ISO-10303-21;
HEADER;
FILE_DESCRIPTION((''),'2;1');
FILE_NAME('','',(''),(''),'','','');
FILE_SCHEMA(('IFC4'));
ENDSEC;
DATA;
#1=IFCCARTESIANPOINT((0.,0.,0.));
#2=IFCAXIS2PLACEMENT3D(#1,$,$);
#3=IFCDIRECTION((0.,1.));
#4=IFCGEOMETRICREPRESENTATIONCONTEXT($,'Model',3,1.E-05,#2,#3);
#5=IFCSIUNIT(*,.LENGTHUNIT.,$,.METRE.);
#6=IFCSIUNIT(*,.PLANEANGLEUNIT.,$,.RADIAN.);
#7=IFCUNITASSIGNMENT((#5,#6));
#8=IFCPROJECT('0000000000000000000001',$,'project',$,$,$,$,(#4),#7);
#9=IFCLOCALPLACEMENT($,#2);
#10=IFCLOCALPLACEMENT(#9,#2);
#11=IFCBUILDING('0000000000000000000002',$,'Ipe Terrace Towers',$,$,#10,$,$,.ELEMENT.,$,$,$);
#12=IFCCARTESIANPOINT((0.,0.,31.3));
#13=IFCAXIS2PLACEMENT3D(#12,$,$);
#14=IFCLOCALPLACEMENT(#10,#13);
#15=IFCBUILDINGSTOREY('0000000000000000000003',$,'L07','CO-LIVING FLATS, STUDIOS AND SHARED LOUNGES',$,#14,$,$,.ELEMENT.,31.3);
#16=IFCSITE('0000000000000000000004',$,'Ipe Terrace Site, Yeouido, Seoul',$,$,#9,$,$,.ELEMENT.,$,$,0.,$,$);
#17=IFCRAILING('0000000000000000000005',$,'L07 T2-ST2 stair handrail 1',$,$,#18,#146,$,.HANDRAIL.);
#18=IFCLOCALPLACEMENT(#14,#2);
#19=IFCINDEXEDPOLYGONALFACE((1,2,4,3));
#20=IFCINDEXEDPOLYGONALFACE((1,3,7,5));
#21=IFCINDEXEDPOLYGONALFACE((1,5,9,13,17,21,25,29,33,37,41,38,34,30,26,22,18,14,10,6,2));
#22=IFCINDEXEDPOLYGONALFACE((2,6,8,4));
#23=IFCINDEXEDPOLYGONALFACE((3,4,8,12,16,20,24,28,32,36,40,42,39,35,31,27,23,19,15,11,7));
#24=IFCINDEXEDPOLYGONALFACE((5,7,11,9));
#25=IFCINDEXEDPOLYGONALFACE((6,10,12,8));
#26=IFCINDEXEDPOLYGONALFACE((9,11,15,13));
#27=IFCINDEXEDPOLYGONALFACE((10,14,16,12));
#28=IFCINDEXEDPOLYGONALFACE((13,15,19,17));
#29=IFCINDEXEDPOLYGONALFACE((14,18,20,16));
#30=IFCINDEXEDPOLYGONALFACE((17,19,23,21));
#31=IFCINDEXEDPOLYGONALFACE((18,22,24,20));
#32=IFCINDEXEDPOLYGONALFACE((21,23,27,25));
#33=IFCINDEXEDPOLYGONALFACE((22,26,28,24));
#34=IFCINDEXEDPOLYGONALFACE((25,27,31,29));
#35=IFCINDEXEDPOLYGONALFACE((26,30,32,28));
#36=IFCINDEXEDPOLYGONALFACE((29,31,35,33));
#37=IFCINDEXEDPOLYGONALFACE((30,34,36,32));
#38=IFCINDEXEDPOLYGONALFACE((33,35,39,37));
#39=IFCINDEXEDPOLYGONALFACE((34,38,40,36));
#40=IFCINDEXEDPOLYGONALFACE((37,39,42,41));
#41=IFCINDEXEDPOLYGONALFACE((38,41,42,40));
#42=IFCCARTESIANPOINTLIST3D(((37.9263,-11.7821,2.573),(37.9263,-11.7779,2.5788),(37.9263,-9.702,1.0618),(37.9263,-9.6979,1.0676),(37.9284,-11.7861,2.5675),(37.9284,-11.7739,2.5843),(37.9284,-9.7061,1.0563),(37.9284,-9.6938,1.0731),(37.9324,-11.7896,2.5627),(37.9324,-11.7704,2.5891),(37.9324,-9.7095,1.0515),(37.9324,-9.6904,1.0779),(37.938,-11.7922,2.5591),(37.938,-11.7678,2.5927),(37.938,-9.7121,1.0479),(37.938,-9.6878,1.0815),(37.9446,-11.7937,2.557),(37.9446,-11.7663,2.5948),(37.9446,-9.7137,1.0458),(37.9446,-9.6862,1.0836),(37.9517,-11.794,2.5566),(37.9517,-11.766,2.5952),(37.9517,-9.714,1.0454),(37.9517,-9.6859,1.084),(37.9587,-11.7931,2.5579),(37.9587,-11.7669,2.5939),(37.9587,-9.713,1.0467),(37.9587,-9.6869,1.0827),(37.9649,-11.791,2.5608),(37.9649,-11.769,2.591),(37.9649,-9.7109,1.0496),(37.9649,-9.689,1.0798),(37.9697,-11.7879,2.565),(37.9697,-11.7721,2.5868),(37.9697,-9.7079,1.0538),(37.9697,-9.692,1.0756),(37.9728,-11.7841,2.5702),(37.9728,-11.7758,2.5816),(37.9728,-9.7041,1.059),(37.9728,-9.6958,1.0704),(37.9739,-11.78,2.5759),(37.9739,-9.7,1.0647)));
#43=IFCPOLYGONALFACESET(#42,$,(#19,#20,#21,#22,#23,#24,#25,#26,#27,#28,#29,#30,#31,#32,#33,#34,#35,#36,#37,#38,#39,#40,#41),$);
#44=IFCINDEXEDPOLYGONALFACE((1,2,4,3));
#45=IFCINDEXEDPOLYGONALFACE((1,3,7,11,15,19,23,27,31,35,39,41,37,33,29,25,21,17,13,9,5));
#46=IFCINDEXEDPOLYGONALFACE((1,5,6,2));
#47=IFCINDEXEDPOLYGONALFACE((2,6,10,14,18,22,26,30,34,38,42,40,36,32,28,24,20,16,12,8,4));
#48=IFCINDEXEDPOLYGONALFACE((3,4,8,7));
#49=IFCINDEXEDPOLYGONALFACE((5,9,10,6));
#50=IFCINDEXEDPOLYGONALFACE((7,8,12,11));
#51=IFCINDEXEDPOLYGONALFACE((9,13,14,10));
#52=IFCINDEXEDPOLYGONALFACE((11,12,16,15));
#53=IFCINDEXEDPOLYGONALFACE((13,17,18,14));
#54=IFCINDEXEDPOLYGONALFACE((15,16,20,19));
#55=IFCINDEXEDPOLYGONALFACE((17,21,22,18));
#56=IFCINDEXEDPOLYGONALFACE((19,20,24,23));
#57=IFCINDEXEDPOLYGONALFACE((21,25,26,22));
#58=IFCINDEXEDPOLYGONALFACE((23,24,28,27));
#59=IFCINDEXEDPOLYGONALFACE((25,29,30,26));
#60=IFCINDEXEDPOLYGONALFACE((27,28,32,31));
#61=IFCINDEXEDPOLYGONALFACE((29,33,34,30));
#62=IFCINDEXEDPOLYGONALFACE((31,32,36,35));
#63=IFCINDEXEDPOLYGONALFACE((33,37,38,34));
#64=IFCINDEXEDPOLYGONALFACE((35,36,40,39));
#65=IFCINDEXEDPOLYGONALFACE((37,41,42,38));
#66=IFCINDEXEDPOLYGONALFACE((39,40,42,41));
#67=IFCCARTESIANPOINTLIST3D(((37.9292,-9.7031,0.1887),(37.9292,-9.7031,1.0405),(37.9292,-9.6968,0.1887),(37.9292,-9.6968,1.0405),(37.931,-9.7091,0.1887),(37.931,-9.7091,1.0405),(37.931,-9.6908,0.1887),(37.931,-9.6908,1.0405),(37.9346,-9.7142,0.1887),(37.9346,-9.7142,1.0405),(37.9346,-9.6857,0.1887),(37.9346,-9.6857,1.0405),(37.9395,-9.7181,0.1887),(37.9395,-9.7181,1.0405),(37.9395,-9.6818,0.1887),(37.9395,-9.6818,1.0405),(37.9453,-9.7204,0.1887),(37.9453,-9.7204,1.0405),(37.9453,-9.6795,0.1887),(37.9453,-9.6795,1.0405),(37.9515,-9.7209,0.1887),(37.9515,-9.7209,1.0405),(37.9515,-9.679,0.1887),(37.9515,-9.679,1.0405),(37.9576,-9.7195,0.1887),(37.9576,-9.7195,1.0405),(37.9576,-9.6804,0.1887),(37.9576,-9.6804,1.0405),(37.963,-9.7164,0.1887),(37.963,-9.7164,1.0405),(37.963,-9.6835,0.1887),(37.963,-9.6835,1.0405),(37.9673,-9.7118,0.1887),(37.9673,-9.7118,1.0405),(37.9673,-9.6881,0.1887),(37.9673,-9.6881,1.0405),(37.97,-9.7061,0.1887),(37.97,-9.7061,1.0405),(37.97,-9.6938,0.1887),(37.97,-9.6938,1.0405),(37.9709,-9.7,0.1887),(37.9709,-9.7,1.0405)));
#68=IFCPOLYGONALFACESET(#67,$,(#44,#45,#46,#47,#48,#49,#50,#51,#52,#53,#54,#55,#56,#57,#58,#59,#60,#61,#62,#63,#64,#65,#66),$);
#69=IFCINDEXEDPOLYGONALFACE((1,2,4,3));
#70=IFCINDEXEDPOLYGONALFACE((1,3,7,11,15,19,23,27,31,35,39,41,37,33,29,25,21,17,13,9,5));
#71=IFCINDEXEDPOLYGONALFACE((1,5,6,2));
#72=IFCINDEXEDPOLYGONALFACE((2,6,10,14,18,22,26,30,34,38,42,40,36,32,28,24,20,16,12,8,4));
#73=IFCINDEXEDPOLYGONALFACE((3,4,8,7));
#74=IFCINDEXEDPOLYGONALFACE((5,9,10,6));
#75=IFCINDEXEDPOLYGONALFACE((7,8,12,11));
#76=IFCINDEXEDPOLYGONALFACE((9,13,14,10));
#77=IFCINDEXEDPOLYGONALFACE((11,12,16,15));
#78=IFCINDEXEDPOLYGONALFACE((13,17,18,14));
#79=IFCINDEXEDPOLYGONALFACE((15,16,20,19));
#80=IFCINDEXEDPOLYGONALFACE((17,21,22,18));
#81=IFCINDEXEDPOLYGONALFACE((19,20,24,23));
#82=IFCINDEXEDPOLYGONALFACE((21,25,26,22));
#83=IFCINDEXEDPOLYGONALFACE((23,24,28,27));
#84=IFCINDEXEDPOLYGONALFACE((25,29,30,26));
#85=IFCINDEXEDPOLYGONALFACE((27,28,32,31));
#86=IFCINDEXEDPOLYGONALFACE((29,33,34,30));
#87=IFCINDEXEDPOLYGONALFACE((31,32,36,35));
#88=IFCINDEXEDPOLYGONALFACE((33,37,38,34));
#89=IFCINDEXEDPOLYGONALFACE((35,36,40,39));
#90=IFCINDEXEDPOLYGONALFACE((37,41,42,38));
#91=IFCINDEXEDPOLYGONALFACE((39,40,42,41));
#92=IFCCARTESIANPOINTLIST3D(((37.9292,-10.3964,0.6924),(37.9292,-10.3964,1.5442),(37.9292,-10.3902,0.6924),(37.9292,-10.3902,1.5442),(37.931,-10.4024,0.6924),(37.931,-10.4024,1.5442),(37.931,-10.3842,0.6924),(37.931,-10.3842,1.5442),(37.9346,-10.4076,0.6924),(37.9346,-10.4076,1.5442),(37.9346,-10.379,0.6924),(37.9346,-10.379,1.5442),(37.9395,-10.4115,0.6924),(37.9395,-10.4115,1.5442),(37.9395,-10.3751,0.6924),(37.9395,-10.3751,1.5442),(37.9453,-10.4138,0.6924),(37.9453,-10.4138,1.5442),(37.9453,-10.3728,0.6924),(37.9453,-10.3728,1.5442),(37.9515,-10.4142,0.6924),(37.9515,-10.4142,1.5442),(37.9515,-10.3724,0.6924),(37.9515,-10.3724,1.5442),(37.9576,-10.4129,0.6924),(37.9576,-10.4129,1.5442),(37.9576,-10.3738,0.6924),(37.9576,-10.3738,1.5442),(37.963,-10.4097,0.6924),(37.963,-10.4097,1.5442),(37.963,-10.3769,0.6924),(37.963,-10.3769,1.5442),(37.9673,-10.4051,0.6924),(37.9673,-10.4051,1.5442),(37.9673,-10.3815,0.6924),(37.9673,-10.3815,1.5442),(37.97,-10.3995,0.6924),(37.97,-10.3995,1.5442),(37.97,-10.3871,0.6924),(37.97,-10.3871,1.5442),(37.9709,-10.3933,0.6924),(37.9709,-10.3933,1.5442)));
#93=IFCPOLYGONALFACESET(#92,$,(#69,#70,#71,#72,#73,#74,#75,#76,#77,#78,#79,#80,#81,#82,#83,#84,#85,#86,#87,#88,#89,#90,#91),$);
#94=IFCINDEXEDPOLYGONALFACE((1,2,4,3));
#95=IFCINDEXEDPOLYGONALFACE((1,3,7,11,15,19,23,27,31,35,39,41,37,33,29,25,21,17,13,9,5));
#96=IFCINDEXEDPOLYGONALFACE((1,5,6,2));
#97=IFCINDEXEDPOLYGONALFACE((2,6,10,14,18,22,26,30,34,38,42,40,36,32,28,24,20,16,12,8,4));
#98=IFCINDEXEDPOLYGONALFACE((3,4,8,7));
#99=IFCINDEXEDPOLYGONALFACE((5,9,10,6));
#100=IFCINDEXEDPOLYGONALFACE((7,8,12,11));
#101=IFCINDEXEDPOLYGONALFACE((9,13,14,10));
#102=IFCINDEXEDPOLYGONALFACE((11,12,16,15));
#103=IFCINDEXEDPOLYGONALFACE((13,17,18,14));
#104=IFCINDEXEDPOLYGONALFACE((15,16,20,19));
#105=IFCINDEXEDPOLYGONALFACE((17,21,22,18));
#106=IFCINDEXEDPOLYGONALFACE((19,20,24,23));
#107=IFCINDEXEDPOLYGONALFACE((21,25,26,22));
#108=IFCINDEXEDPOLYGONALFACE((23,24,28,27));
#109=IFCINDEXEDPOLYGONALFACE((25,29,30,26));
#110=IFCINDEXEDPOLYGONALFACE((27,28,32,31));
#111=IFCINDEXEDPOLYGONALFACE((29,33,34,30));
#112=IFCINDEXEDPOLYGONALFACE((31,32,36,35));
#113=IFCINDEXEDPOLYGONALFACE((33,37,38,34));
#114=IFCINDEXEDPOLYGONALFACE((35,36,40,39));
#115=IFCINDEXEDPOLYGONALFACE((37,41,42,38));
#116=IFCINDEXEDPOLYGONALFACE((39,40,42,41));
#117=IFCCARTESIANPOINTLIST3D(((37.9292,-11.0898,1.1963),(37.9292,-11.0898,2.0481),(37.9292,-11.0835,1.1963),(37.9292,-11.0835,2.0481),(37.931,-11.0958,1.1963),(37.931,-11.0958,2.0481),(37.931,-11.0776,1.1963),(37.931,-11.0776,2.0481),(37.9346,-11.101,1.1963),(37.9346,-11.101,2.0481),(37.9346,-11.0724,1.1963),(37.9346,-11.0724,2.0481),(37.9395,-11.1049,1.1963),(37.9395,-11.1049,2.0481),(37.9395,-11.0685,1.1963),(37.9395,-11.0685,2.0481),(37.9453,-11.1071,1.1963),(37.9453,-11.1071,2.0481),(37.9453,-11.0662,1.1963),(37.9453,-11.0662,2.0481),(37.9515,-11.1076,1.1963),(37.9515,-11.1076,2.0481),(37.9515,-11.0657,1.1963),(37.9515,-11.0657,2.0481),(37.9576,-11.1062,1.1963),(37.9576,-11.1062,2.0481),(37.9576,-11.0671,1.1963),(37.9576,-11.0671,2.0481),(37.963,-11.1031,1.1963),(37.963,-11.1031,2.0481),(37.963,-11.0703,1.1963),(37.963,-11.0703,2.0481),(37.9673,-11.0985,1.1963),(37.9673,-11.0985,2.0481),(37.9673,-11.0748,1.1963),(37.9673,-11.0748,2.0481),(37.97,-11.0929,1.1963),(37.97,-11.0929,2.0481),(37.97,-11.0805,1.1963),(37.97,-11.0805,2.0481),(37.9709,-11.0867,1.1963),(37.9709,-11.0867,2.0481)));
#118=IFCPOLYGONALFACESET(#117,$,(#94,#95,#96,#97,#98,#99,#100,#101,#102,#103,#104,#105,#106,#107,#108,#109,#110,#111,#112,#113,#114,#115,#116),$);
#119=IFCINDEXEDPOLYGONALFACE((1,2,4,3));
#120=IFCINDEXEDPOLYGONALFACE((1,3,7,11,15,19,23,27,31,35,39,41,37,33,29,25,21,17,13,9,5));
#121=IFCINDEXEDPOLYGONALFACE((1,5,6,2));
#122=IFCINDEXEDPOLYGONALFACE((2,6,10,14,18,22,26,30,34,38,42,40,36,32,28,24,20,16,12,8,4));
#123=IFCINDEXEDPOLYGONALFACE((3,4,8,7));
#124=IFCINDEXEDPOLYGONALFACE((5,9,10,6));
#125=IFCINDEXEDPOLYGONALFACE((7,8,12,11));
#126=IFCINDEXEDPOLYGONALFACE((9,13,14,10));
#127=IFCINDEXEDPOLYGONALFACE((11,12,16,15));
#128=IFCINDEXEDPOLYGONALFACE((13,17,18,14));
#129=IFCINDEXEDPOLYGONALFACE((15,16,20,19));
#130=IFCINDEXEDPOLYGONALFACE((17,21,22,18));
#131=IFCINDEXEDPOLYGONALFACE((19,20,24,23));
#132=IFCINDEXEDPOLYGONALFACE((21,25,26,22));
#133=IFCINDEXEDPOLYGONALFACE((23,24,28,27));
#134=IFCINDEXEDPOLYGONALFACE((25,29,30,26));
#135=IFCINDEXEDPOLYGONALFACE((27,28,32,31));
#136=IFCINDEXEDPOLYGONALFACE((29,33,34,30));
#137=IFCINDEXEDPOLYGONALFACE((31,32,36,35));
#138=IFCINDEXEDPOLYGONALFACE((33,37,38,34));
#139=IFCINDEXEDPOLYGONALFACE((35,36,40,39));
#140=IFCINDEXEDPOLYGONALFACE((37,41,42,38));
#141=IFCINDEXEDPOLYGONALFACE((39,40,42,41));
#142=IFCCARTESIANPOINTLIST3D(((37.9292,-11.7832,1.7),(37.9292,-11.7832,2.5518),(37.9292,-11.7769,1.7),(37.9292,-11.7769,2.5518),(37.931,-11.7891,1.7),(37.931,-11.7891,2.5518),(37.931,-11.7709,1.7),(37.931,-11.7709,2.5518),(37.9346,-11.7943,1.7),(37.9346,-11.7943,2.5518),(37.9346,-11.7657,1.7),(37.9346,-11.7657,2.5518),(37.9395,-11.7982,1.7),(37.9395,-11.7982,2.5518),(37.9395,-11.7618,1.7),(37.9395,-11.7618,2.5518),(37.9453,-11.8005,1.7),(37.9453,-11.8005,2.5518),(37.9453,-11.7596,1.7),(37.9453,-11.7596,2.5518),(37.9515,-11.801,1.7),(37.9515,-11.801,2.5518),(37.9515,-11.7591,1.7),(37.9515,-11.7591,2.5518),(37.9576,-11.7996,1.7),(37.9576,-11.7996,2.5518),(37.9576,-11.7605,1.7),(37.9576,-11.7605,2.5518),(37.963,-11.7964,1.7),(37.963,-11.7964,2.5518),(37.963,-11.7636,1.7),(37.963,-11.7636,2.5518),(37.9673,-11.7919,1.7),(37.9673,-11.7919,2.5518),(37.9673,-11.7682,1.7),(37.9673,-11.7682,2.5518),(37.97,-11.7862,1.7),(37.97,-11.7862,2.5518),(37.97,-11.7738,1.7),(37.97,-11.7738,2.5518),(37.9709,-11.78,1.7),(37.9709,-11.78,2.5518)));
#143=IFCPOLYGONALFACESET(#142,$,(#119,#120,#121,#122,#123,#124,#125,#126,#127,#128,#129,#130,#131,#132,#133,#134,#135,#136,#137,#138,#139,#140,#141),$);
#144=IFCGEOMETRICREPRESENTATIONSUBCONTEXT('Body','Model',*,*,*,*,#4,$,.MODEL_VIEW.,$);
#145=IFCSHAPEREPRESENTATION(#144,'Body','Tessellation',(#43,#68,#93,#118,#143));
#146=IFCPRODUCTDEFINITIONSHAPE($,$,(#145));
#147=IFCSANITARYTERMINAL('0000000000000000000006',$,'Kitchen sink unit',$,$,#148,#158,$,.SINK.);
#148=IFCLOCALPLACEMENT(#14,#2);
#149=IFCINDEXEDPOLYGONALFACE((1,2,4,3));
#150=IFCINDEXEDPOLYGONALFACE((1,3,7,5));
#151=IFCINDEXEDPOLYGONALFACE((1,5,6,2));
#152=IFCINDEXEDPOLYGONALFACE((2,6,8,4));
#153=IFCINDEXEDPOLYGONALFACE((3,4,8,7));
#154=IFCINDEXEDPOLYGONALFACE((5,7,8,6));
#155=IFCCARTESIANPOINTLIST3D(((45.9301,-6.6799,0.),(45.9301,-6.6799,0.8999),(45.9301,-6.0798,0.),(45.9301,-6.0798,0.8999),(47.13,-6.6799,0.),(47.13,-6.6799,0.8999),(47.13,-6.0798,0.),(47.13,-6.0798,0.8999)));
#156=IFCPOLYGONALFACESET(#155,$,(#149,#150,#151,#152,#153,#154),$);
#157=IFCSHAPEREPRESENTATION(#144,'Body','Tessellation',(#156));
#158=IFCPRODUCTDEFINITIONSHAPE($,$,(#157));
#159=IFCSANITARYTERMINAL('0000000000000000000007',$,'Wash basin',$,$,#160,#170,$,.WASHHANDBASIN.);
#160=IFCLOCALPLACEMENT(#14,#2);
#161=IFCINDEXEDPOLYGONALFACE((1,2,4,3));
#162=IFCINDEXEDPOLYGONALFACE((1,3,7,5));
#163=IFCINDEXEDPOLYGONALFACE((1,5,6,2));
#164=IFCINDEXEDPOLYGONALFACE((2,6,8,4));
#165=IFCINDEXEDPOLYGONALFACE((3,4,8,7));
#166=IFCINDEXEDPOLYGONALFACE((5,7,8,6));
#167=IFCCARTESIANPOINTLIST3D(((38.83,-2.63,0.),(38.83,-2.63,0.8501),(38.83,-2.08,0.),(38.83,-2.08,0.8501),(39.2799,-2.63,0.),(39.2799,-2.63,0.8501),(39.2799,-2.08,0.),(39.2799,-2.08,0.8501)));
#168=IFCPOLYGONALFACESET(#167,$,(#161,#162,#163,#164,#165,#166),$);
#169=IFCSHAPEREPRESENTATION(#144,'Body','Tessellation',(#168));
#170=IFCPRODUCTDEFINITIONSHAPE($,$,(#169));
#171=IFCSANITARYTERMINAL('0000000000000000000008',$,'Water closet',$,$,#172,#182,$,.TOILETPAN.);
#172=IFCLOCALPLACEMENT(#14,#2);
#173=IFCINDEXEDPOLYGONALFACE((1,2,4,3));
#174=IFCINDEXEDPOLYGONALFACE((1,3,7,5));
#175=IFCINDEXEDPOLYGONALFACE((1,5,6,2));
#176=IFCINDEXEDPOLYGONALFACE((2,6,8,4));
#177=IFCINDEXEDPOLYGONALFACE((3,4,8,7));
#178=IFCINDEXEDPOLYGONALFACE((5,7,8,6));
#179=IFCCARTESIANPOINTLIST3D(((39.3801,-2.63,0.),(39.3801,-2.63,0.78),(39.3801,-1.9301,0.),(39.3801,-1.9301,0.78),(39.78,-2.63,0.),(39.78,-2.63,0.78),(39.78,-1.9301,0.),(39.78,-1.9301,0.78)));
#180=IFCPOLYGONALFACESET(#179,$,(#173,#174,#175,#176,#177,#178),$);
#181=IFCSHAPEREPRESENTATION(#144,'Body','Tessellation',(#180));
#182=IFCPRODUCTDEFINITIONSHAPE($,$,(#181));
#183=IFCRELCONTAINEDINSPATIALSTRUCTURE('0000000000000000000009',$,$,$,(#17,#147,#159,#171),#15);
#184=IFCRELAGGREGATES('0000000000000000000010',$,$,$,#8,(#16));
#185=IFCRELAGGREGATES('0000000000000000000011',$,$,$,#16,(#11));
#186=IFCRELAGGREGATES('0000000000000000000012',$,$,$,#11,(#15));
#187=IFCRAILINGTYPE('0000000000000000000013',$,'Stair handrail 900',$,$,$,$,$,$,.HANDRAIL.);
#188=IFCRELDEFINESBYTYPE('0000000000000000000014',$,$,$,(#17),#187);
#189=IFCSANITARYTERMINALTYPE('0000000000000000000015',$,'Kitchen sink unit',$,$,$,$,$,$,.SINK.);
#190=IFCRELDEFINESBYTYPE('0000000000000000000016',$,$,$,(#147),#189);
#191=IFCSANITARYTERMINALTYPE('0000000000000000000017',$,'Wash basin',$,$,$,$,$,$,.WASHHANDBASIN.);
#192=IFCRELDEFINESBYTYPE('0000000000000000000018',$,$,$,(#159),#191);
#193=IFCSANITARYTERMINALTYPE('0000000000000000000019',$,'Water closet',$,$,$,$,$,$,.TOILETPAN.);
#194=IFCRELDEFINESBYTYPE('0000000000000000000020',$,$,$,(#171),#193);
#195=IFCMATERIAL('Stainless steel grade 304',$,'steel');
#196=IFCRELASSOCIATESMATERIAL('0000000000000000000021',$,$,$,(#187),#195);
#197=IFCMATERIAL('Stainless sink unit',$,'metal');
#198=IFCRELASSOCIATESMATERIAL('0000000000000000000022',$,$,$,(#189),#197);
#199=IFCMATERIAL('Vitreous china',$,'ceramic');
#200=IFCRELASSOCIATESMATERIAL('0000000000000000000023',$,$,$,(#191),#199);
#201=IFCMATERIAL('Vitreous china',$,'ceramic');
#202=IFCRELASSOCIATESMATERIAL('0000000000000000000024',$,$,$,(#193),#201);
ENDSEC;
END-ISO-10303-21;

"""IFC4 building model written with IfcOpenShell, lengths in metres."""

from ifc_helpers import new_model, si_unit, direction, frame, origin, origin_2d, place, context, subcontext, project, spatial, rectangle, circle, extrude, material, type_object, element, save


model = new_model("IFC4")

# Units and contexts
model_context = context("Model", 3, precision=1e-05, world=origin(), true_north=direction((0.0, 1.0)))
body_context = subcontext(model_context, "Body", "Model", "MODEL_VIEW")
ifc_project = project(units=[si_unit("LENGTHUNIT", "METRE"), si_unit("PLANEANGLEUNIT", "RADIAN")], contexts=[model_context])

# Site, building, storey
site_placement = place(None, origin())
site = spatial("IfcSite", under=ifc_project, at=site_placement, Name="Ipe Terrace Site, Yeouido, Seoul", CompositionType="ELEMENT", RefElevation=0.0)
building_placement = place(site_placement, origin())
building = spatial("IfcBuilding", under=site, at=building_placement, Name="Ipe Terrace Towers", CompositionType="ELEMENT")
storey_placement = place(building_placement, frame((0.0, 0.0, 31.3)))
storey = spatial("IfcBuildingStorey", under=building, at=storey_placement, Name="L07", Description="CO-LIVING FLATS, STUDIOS AND SHARED LOUNGES", CompositionType="ELEMENT", Elevation=31.3)

# Railing
ifc_material_1 = material(Name="Stainless steel grade 304", Category="steel")
railing_type_1 = type_object("IfcRailingType", Name="Stair handrail 900", PredefinedType="HANDRAIL", material=ifc_material_1)
railing_1_placement = place(storey_placement, frame((37.95, -9.7, 0.1887)))
element("IfcRailing", 1, at=railing_1_placement, inside=storey, type_object=railing_type_1, Name="L07 T2-ST2 stair handrail 1", PredefinedType="HANDRAIL", context=body_context, shape_type="SweptSolid", body=[
    extrude(circle(Radius=0.0239, at=origin_2d()), frame((0.0, 0.0, 0.876), z_axis=(0.0, -0.809023, 0.587776), x_axis=(1.0, 0.0, 0.0)), (0.0, 0.0, 1.0), 2.571),
    extrude(circle(Radius=0.021, at=origin_2d()), origin(), (0.0, 0.0, 1.0), 0.8518),
    extrude(circle(Radius=0.021, at=origin_2d()), frame((0.0, -0.6934, 0.5037)), (0.0, 0.0, 1.0), 0.8518),
    extrude(circle(Radius=0.021, at=origin_2d()), frame((0.0, -1.3867, 1.0076)), (0.0, 0.0, 1.0), 0.8518),
    extrude(circle(Radius=0.021, at=origin_2d()), frame((0.0, -2.0801, 1.5112)), (0.0, 0.0, 1.0), 0.8518),
])

# Sanitary terminals
ifc_material_2 = material(Name="Stainless sink unit", Category="metal")
sanitary_terminal_type_1 = type_object("IfcSanitaryTerminalType", Name="Kitchen sink unit", PredefinedType="SINK", material=ifc_material_2)
sanitary_terminal_1_placement = place(storey_placement, frame((46.53, -6.3799, 0.0), z_axis=(0.0, 0.0, 1.0), x_axis=(-1.0, 0.0, 0.0)))
element("IfcSanitaryTerminal", 2, at=sanitary_terminal_1_placement, inside=storey, type_object=sanitary_terminal_type_1, Name="Kitchen sink unit", PredefinedType="SINK", context=body_context, shape_type="SweptSolid", body=[
    extrude(rectangle(XDim=1.2, YDim=0.6001, at=origin_2d()), origin(), (0.0, 0.0, 1.0), 0.8999),
])
ifc_material_3 = material(Name="Vitreous china", Category="ceramic")
sanitary_terminal_type_2 = type_object("IfcSanitaryTerminalType", Name="Wash basin", PredefinedType="WASHHANDBASIN", material=ifc_material_3)
sanitary_terminal_2_placement = place(storey_placement, frame((39.0549, -2.355, 0.0), z_axis=(0.0, 0.0, 1.0), x_axis=(0.0, 1.0, 0.0)))
element("IfcSanitaryTerminal", 3, at=sanitary_terminal_2_placement, inside=storey, type_object=sanitary_terminal_type_2, Name="Wash basin", PredefinedType="WASHHANDBASIN", context=body_context, shape_type="SweptSolid", body=[
    extrude(rectangle(XDim=0.55, YDim=0.45, at=origin_2d()), origin(), (0.0, 0.0, 1.0), 0.8501),
])
ifc_material_4 = material(Name="Vitreous china", Category="ceramic")
sanitary_terminal_type_3 = type_object("IfcSanitaryTerminalType", Name="Water closet", PredefinedType="TOILETPAN", material=ifc_material_4)
sanitary_terminal_3_placement = place(storey_placement, frame((39.5801, -2.28, 0.0), z_axis=(0.0, 0.0, 1.0), x_axis=(0.0, 1.0, 0.0)))
element("IfcSanitaryTerminal", 4, at=sanitary_terminal_3_placement, inside=storey, type_object=sanitary_terminal_type_3, Name="Water closet", PredefinedType="TOILETPAN", context=body_context, shape_type="SweptSolid", body=[
    extrude(rectangle(XDim=0.7, YDim=0.3999, at=origin_2d()), origin(), (0.0, 0.0, 1.0), 0.78),
])

save(model, "model.ifc")
